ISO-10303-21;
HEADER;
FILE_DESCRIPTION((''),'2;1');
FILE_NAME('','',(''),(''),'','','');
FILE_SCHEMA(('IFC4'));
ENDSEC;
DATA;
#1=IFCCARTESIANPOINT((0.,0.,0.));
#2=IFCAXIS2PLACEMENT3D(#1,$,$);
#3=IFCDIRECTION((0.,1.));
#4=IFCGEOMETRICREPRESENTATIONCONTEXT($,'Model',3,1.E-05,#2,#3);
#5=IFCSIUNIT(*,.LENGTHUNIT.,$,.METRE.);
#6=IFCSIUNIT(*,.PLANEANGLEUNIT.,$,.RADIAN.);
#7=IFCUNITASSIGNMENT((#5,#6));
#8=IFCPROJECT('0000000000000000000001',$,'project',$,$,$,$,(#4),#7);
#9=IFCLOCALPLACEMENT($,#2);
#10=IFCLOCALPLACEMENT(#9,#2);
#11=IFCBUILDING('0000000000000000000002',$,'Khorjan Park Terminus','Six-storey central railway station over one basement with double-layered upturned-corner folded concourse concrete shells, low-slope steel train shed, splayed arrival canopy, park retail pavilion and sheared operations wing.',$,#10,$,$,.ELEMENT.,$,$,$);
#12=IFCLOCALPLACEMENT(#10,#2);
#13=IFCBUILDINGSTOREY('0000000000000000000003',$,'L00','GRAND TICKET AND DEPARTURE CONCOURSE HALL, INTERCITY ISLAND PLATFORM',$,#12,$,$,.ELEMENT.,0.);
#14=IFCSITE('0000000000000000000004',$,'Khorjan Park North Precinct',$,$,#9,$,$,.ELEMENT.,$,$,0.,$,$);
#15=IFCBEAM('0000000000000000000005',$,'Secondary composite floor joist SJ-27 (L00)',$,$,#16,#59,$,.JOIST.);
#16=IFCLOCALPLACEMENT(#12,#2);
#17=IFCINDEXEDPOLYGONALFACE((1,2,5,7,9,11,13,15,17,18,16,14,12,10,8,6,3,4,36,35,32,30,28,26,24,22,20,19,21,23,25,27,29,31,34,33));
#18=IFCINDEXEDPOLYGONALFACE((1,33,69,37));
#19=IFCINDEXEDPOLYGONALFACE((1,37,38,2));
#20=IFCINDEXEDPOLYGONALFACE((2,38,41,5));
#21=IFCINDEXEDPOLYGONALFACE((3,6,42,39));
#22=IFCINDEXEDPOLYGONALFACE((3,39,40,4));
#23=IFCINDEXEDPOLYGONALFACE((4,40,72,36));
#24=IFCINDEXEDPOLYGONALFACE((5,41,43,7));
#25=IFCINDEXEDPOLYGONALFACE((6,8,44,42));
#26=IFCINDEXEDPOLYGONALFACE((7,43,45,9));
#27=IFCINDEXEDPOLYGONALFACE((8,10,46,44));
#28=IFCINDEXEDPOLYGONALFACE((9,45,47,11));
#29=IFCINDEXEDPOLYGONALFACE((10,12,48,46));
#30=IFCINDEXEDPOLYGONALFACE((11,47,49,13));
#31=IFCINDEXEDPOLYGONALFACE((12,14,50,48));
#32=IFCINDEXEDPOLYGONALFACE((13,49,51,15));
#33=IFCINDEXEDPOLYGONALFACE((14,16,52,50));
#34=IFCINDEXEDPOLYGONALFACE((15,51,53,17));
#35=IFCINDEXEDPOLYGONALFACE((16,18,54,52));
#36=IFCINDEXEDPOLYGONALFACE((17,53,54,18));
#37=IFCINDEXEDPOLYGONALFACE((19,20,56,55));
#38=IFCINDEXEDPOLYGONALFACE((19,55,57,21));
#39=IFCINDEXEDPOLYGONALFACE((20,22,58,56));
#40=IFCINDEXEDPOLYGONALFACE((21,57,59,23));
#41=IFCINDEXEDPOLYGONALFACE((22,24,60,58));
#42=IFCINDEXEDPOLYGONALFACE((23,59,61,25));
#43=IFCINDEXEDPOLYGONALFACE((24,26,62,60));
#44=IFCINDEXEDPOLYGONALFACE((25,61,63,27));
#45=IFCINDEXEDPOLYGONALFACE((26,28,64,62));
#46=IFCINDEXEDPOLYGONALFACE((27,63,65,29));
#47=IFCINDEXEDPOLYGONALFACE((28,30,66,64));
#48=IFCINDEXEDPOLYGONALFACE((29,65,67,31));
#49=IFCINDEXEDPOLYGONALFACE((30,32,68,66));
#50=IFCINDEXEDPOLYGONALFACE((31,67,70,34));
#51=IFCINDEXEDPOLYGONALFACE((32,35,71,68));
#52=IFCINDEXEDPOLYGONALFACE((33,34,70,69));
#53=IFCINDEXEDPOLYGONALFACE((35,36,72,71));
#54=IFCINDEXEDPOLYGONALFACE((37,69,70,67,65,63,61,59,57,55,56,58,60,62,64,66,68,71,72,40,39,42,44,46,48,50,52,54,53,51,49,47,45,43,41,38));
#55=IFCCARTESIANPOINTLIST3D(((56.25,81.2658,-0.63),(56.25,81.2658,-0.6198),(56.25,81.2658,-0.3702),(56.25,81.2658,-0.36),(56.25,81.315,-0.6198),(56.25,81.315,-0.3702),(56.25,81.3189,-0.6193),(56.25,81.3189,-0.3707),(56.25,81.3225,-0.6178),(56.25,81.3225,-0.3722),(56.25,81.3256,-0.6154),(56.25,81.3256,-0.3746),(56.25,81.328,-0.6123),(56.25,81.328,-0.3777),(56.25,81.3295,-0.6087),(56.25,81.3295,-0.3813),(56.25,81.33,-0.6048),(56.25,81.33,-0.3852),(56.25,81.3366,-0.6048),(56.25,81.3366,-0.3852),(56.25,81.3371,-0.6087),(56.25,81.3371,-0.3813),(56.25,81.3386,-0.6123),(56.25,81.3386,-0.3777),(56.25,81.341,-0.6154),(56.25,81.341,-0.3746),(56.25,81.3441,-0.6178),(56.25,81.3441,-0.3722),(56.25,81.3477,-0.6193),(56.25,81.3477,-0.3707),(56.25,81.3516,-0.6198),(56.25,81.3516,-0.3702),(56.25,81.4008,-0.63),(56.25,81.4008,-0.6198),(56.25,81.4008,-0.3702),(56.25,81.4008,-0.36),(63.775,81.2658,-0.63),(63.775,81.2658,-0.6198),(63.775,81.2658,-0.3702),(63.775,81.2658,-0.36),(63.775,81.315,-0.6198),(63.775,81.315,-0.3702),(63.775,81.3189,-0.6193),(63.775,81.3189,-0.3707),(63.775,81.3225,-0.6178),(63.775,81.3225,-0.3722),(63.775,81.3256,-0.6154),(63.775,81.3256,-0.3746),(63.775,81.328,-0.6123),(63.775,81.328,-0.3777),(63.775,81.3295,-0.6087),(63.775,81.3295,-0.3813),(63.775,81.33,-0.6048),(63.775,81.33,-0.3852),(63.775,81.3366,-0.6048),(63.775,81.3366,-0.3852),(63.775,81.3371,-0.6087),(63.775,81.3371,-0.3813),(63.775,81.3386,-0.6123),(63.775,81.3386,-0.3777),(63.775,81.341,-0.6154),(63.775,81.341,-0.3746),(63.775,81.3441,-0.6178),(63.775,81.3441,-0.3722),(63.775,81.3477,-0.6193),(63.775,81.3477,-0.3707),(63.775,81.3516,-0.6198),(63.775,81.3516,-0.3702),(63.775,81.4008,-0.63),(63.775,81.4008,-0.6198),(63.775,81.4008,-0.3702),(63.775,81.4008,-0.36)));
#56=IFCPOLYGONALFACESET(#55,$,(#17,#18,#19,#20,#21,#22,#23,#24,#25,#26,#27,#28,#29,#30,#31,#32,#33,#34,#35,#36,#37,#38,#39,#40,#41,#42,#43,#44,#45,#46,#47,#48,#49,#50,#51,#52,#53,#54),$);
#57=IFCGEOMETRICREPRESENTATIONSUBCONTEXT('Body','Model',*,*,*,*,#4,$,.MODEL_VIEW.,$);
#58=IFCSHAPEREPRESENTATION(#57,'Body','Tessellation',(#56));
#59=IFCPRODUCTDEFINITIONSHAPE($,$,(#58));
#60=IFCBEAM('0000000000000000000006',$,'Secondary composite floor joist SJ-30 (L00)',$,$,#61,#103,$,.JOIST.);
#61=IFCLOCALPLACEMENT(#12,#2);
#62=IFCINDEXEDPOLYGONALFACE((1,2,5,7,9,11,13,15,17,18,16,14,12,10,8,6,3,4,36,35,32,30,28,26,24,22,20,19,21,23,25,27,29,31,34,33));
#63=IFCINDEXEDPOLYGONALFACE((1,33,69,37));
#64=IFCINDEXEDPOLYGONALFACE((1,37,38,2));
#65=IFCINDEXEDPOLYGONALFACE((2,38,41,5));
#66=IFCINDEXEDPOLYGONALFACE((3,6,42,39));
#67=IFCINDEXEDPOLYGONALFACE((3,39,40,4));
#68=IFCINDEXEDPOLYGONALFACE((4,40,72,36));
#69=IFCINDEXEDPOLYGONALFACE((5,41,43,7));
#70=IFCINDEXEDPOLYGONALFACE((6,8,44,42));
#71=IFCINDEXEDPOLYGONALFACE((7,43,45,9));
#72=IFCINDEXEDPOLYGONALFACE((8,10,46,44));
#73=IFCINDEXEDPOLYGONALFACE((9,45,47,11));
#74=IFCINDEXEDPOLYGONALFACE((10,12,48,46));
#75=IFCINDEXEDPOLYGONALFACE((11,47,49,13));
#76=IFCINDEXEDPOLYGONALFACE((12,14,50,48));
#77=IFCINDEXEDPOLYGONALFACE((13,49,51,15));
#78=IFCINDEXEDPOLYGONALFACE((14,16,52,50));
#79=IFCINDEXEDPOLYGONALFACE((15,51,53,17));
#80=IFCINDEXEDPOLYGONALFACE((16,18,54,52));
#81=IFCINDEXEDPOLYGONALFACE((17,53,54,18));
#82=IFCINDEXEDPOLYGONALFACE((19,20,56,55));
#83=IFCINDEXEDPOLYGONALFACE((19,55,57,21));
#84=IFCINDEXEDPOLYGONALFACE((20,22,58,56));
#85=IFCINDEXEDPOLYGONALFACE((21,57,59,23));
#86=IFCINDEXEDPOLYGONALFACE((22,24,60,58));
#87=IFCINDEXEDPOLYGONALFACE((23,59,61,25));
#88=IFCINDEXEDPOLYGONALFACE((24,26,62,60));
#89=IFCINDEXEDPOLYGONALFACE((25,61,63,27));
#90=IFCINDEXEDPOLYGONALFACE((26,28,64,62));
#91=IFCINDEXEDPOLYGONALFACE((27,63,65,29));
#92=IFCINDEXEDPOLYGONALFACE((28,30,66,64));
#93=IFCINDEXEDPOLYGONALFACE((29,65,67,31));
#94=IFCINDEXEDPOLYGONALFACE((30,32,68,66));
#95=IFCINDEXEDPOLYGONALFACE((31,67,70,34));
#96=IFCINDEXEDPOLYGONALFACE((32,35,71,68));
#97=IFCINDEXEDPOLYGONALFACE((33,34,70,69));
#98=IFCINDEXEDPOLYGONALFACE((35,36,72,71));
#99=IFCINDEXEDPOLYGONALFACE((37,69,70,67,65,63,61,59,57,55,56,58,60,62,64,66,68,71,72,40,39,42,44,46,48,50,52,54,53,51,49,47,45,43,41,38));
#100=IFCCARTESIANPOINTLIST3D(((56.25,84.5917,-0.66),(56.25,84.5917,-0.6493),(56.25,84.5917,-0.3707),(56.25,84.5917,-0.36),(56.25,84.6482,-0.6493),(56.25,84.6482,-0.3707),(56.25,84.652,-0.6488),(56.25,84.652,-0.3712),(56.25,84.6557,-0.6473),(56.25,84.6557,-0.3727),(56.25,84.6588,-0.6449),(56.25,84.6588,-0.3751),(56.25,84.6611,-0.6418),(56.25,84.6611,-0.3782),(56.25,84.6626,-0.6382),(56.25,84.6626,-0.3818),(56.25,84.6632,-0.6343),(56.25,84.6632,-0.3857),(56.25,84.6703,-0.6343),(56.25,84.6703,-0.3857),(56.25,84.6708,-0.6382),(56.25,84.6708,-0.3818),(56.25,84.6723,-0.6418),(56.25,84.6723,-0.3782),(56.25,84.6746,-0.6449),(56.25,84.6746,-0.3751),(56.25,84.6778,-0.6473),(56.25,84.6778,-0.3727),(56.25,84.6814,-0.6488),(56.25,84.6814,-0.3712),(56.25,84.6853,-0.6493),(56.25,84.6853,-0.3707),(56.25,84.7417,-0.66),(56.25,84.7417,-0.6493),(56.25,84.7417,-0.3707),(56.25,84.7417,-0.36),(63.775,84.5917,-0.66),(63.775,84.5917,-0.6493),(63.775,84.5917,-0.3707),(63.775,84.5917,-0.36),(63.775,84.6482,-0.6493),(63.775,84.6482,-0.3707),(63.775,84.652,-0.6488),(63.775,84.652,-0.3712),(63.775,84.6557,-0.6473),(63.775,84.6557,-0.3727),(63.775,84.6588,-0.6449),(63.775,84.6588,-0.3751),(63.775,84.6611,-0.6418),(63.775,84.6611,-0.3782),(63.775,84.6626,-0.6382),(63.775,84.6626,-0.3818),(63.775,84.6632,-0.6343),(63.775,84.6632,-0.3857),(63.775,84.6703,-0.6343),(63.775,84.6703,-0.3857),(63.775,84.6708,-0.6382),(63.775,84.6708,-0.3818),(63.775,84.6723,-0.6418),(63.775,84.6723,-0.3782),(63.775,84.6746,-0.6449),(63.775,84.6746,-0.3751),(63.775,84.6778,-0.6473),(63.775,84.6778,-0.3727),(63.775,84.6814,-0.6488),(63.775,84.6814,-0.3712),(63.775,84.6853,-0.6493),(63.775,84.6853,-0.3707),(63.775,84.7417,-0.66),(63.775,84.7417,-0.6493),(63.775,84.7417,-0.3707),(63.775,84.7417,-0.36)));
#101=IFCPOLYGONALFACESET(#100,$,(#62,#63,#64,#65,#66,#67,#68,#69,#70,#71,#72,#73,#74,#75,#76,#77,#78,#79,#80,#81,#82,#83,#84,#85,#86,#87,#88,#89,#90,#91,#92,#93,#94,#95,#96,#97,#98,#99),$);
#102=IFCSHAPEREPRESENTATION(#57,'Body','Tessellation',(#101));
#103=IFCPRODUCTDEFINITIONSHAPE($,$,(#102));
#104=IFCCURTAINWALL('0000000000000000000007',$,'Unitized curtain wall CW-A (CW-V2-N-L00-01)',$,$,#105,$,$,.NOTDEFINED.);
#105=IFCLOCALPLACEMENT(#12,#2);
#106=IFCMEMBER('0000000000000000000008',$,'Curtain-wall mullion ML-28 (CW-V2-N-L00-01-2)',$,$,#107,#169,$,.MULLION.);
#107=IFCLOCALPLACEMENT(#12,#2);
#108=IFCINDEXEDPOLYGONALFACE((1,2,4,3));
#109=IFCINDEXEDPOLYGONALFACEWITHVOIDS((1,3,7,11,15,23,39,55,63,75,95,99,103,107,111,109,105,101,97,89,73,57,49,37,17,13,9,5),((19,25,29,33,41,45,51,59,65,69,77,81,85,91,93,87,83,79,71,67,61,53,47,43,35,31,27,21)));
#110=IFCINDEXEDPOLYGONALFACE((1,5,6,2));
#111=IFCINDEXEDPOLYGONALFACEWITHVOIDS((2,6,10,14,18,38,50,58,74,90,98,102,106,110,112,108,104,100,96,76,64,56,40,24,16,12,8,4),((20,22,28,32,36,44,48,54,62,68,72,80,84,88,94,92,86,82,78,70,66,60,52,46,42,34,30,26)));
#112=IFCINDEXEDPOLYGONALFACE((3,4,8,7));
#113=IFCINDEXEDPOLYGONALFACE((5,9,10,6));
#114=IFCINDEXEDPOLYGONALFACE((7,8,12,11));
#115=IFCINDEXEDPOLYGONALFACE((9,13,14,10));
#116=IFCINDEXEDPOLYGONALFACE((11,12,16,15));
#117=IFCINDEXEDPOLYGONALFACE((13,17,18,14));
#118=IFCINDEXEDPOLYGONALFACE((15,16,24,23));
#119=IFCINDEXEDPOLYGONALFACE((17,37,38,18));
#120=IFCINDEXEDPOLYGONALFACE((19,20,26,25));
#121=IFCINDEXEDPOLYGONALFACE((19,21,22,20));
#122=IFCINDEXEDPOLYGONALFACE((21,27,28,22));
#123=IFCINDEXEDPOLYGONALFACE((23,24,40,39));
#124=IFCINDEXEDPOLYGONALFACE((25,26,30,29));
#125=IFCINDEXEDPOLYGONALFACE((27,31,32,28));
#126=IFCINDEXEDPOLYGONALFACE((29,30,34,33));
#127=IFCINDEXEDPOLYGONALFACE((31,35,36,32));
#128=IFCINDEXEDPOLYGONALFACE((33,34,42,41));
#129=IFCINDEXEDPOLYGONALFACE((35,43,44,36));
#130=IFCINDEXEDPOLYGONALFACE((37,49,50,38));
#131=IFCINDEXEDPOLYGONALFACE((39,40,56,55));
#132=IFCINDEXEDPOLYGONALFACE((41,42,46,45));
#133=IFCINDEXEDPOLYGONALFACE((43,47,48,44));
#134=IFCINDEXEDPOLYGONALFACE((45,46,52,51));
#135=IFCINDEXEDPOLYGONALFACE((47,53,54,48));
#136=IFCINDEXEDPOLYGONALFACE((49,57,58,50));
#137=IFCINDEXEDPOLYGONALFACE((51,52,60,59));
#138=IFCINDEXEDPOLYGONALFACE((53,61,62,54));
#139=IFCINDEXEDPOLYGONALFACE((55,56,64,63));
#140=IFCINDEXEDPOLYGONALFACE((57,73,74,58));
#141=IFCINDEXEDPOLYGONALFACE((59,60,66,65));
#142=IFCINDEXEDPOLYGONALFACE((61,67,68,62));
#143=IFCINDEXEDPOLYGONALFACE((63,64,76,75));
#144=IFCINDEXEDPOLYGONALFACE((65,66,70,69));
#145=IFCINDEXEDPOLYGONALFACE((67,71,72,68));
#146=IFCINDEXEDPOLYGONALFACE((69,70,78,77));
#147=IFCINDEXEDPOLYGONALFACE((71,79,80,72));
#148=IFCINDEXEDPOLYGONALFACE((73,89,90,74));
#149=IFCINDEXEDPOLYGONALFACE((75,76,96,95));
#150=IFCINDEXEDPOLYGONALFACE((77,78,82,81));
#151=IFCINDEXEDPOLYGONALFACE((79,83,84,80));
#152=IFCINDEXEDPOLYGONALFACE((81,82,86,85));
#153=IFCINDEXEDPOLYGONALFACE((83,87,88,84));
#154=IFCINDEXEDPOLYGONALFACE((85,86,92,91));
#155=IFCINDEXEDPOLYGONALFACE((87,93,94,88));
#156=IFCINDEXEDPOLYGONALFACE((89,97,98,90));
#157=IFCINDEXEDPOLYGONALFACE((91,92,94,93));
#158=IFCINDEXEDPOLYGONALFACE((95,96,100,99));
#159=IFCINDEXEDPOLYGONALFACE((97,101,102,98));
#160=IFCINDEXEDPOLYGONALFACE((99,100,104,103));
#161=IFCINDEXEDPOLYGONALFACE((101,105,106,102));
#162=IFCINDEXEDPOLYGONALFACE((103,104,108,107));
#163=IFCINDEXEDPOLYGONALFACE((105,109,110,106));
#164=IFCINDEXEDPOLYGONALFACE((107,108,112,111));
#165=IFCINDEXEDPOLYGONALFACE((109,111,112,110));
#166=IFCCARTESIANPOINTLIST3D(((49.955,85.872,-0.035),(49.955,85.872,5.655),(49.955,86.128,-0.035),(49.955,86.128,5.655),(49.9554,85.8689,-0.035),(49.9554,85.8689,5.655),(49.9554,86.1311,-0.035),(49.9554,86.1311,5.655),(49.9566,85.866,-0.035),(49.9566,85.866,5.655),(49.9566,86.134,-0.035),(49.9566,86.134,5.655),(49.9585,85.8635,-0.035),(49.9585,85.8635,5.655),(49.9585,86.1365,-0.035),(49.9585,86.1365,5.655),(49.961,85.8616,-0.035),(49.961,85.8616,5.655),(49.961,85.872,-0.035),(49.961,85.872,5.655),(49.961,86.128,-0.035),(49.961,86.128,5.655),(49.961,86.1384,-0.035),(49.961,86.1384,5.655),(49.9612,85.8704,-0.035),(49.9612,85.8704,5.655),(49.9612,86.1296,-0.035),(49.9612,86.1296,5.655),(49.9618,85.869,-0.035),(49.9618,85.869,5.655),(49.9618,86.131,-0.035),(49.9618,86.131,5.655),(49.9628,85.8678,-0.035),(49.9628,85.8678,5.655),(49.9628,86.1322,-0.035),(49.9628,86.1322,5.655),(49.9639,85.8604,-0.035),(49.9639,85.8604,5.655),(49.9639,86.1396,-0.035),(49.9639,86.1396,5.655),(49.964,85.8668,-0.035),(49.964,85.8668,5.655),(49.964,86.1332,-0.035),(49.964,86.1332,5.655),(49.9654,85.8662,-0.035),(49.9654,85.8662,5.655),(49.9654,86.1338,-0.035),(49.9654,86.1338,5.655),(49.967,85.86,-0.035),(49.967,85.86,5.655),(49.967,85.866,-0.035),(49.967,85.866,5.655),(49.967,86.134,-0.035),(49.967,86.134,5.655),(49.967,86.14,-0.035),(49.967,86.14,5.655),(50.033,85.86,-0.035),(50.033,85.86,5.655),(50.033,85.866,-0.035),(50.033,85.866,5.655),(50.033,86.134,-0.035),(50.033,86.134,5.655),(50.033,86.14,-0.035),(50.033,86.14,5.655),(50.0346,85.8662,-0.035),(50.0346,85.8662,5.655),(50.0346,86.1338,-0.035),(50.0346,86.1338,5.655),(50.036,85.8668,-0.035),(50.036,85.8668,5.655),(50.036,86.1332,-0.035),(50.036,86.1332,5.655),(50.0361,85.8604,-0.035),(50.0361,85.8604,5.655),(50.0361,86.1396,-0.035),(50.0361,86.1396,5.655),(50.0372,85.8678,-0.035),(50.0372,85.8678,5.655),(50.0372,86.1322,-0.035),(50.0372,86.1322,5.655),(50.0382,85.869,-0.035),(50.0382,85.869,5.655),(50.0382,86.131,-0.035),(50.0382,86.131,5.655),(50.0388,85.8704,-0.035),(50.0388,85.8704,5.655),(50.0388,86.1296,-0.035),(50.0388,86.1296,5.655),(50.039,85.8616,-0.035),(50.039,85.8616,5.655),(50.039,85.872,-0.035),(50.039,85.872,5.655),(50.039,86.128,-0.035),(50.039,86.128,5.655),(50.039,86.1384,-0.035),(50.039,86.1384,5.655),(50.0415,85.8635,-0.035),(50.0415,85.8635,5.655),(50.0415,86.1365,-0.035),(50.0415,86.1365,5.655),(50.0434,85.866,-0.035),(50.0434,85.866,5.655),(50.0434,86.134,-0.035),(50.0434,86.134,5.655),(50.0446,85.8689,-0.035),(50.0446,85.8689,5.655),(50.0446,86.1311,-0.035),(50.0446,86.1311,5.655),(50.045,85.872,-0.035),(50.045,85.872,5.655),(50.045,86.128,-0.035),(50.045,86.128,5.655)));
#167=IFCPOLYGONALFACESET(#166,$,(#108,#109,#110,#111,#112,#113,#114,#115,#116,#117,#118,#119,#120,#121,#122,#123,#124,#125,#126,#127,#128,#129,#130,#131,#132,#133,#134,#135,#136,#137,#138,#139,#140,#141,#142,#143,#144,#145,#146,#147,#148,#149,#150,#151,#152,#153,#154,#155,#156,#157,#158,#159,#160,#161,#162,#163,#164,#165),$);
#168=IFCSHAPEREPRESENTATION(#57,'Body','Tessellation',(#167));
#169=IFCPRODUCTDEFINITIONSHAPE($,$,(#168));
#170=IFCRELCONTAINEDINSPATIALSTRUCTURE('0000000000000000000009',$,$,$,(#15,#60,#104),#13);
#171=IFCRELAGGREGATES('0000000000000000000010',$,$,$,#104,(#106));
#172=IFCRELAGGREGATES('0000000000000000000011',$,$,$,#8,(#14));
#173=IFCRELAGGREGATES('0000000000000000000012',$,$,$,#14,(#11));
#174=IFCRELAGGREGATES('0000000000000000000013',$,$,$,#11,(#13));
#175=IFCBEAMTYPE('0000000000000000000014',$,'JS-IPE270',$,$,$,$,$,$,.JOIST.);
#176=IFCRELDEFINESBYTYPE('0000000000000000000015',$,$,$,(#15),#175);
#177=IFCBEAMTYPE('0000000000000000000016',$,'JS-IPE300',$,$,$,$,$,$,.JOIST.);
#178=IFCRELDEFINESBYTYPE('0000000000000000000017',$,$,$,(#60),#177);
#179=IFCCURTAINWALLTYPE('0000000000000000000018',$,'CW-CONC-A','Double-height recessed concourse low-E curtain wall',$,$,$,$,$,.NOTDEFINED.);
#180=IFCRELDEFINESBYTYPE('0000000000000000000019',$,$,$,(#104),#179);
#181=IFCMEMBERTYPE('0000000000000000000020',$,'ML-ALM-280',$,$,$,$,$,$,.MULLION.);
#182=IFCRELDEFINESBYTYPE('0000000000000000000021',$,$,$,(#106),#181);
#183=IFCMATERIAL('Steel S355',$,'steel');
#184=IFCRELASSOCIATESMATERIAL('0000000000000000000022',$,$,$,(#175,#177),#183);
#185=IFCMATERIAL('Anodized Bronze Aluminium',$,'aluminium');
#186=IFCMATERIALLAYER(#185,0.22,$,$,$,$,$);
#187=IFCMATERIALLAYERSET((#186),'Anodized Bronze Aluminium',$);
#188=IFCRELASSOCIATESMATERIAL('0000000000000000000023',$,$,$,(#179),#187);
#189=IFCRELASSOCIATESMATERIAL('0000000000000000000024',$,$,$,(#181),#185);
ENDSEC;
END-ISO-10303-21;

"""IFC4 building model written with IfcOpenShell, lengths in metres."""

from ifc_helpers import new_model, si_unit, direction, frame, origin, origin_2d, place, context, subcontext, project, spatial, hollow_rectangle, i_section, extrude, material, layer, layer_set, material_profile, profile_set, type_object, element, aggregate, save


model = new_model("IFC4")

# Units and contexts
model_context = context("Model", 3, precision=1e-05, world=origin(), true_north=direction((0.0, 1.0)))
body_context = subcontext(model_context, "Body", "Model", "MODEL_VIEW")
ifc_project = project(units=[si_unit("LENGTHUNIT", "METRE"), si_unit("PLANEANGLEUNIT", "RADIAN")], contexts=[model_context])

# Site, building, storey
site_placement = place(None, origin())
site = spatial("IfcSite", under=ifc_project, at=site_placement, Name="Khorjan Park North Precinct", CompositionType="ELEMENT", RefElevation=0.0)
building_placement = place(site_placement, origin())
building = spatial("IfcBuilding", under=site, at=building_placement, Name="Khorjan Park Terminus", Description="Six-storey central railway station over one basement with double-layered upturned-corner folded concourse concrete shells, low-slope steel train shed, splayed arrival canopy, park retail pavilion and sheared operations wing.", CompositionType="ELEMENT")
storey_placement = place(building_placement, origin())
storey = spatial("IfcBuildingStorey", under=building, at=storey_placement, Name="L00", Description="GRAND TICKET AND DEPARTURE CONCOURSE HALL, INTERCITY ISLAND PLATFORM", CompositionType="ELEMENT", Elevation=0.0)

# Beams
ifc_material_1 = material(Name="Steel S355", Category="steel")
ifc_material_profile_1 = material_profile(ifc_material_1, i_section(OverallWidth=0.135, OverallDepth=0.27, WebThickness=0.0066, FlangeThickness=0.0102, FilletRadius=0.015, at=origin_2d()), Name="IPE 270")
ifc_profile_set_1 = profile_set([ifc_material_profile_1], Name="Steel S355")
beam_type_1 = type_object("IfcBeamType", Name="JS-IPE270", PredefinedType="JOIST", material=ifc_profile_set_1)
beam_1_placement = place(storey_placement, frame((56.25, 81.3333, -0.495), z_axis=(1.0, 0.0, 0.0), x_axis=(0.0, 1.0, 0.0)))
element("IfcBeam", 1, at=beam_1_placement, inside=storey, type_object=beam_type_1, Name="Secondary composite floor joist SJ-27 (L00)", PredefinedType="JOIST", context=body_context, shape_type="SweptSolid", body=[
    extrude(i_section(OverallWidth=0.135, OverallDepth=0.27, WebThickness=0.0066, FlangeThickness=0.0102, FilletRadius=0.015, at=origin_2d()), origin(), (0.0, 0.0, 1.0), 7.525),
])
ifc_material_profile_2 = material_profile(ifc_material_1, i_section(OverallWidth=0.15, OverallDepth=0.3, WebThickness=0.0071, FlangeThickness=0.0107, FilletRadius=0.015, at=origin_2d()), Name="IPE 300")
ifc_profile_set_2 = profile_set([ifc_material_profile_2], Name="Steel S355")
beam_type_2 = type_object("IfcBeamType", Name="JS-IPE300", PredefinedType="JOIST", material=ifc_profile_set_2)
beam_2_placement = place(storey_placement, frame((56.25, 84.6667, -0.51), z_axis=(1.0, 0.0, 0.0), x_axis=(0.0, 1.0, 0.0)))
element("IfcBeam", 2, at=beam_2_placement, inside=storey, type_object=beam_type_2, Name="Secondary composite floor joist SJ-30 (L00)", PredefinedType="JOIST", context=body_context, shape_type="SweptSolid", body=[
    extrude(i_section(OverallWidth=0.15, OverallDepth=0.3, WebThickness=0.0071, FlangeThickness=0.0107, FilletRadius=0.015, at=origin_2d()), origin(), (0.0, 0.0, 1.0), 7.525),
])

# Curtain wall, member
ifc_material_2 = material(Name="Anodized Bronze Aluminium", Category="aluminium")
ifc_layer_1 = layer(ifc_material_2, 0.22)
ifc_layer_set_1 = layer_set([ifc_layer_1], Name="Anodized Bronze Aluminium")
curtain_wall_type = type_object("IfcCurtainWallType", Name="CW-CONC-A", Description="Double-height recessed concourse low-E curtain wall", PredefinedType="NOTDEFINED", material=ifc_layer_set_1)
curtain_wall_1_placement = place(storey_placement, origin())
curtain_wall_1 = element("IfcCurtainWall", 3, at=curtain_wall_1_placement, inside=storey, type_object=curtain_wall_type, Name="Unitized curtain wall CW-A (CW-V2-N-L00-01)", PredefinedType="NOTDEFINED")
ifc_material_profile_3 = material_profile(ifc_material_2, hollow_rectangle(XDim=0.09, YDim=0.28, WallThickness=0.006, InnerFilletRadius=0.006, OuterFilletRadius=0.012, at=origin_2d()), Name="ALM 90x280x6")
ifc_profile_set_3 = profile_set([ifc_material_profile_3], Name="Anodized Bronze Aluminium")
member_type_1 = type_object("IfcMemberType", Name="ML-ALM-280", PredefinedType="MULLION", material=ifc_profile_set_3)
member_1_placement = place(storey_placement, frame((50.0, 86.0, -0.035), z_axis=(0.0, 0.0, 1.0), x_axis=(-1.0, 0.0, 0.0)))
member_1 = element("IfcMember", 4, at=member_1_placement, type_object=member_type_1, Name="Curtain-wall mullion ML-28 (CW-V2-N-L00-01-2)", PredefinedType="MULLION", context=body_context, shape_type="SweptSolid", body=[
    extrude(hollow_rectangle(XDim=0.09, YDim=0.28, WallThickness=0.006, InnerFilletRadius=0.006, OuterFilletRadius=0.012, at=origin_2d()), origin(), (0.0, 0.0, 1.0), 5.69),
])
aggregate(curtain_wall_1, [member_1])

save(model, "model.ifc")
